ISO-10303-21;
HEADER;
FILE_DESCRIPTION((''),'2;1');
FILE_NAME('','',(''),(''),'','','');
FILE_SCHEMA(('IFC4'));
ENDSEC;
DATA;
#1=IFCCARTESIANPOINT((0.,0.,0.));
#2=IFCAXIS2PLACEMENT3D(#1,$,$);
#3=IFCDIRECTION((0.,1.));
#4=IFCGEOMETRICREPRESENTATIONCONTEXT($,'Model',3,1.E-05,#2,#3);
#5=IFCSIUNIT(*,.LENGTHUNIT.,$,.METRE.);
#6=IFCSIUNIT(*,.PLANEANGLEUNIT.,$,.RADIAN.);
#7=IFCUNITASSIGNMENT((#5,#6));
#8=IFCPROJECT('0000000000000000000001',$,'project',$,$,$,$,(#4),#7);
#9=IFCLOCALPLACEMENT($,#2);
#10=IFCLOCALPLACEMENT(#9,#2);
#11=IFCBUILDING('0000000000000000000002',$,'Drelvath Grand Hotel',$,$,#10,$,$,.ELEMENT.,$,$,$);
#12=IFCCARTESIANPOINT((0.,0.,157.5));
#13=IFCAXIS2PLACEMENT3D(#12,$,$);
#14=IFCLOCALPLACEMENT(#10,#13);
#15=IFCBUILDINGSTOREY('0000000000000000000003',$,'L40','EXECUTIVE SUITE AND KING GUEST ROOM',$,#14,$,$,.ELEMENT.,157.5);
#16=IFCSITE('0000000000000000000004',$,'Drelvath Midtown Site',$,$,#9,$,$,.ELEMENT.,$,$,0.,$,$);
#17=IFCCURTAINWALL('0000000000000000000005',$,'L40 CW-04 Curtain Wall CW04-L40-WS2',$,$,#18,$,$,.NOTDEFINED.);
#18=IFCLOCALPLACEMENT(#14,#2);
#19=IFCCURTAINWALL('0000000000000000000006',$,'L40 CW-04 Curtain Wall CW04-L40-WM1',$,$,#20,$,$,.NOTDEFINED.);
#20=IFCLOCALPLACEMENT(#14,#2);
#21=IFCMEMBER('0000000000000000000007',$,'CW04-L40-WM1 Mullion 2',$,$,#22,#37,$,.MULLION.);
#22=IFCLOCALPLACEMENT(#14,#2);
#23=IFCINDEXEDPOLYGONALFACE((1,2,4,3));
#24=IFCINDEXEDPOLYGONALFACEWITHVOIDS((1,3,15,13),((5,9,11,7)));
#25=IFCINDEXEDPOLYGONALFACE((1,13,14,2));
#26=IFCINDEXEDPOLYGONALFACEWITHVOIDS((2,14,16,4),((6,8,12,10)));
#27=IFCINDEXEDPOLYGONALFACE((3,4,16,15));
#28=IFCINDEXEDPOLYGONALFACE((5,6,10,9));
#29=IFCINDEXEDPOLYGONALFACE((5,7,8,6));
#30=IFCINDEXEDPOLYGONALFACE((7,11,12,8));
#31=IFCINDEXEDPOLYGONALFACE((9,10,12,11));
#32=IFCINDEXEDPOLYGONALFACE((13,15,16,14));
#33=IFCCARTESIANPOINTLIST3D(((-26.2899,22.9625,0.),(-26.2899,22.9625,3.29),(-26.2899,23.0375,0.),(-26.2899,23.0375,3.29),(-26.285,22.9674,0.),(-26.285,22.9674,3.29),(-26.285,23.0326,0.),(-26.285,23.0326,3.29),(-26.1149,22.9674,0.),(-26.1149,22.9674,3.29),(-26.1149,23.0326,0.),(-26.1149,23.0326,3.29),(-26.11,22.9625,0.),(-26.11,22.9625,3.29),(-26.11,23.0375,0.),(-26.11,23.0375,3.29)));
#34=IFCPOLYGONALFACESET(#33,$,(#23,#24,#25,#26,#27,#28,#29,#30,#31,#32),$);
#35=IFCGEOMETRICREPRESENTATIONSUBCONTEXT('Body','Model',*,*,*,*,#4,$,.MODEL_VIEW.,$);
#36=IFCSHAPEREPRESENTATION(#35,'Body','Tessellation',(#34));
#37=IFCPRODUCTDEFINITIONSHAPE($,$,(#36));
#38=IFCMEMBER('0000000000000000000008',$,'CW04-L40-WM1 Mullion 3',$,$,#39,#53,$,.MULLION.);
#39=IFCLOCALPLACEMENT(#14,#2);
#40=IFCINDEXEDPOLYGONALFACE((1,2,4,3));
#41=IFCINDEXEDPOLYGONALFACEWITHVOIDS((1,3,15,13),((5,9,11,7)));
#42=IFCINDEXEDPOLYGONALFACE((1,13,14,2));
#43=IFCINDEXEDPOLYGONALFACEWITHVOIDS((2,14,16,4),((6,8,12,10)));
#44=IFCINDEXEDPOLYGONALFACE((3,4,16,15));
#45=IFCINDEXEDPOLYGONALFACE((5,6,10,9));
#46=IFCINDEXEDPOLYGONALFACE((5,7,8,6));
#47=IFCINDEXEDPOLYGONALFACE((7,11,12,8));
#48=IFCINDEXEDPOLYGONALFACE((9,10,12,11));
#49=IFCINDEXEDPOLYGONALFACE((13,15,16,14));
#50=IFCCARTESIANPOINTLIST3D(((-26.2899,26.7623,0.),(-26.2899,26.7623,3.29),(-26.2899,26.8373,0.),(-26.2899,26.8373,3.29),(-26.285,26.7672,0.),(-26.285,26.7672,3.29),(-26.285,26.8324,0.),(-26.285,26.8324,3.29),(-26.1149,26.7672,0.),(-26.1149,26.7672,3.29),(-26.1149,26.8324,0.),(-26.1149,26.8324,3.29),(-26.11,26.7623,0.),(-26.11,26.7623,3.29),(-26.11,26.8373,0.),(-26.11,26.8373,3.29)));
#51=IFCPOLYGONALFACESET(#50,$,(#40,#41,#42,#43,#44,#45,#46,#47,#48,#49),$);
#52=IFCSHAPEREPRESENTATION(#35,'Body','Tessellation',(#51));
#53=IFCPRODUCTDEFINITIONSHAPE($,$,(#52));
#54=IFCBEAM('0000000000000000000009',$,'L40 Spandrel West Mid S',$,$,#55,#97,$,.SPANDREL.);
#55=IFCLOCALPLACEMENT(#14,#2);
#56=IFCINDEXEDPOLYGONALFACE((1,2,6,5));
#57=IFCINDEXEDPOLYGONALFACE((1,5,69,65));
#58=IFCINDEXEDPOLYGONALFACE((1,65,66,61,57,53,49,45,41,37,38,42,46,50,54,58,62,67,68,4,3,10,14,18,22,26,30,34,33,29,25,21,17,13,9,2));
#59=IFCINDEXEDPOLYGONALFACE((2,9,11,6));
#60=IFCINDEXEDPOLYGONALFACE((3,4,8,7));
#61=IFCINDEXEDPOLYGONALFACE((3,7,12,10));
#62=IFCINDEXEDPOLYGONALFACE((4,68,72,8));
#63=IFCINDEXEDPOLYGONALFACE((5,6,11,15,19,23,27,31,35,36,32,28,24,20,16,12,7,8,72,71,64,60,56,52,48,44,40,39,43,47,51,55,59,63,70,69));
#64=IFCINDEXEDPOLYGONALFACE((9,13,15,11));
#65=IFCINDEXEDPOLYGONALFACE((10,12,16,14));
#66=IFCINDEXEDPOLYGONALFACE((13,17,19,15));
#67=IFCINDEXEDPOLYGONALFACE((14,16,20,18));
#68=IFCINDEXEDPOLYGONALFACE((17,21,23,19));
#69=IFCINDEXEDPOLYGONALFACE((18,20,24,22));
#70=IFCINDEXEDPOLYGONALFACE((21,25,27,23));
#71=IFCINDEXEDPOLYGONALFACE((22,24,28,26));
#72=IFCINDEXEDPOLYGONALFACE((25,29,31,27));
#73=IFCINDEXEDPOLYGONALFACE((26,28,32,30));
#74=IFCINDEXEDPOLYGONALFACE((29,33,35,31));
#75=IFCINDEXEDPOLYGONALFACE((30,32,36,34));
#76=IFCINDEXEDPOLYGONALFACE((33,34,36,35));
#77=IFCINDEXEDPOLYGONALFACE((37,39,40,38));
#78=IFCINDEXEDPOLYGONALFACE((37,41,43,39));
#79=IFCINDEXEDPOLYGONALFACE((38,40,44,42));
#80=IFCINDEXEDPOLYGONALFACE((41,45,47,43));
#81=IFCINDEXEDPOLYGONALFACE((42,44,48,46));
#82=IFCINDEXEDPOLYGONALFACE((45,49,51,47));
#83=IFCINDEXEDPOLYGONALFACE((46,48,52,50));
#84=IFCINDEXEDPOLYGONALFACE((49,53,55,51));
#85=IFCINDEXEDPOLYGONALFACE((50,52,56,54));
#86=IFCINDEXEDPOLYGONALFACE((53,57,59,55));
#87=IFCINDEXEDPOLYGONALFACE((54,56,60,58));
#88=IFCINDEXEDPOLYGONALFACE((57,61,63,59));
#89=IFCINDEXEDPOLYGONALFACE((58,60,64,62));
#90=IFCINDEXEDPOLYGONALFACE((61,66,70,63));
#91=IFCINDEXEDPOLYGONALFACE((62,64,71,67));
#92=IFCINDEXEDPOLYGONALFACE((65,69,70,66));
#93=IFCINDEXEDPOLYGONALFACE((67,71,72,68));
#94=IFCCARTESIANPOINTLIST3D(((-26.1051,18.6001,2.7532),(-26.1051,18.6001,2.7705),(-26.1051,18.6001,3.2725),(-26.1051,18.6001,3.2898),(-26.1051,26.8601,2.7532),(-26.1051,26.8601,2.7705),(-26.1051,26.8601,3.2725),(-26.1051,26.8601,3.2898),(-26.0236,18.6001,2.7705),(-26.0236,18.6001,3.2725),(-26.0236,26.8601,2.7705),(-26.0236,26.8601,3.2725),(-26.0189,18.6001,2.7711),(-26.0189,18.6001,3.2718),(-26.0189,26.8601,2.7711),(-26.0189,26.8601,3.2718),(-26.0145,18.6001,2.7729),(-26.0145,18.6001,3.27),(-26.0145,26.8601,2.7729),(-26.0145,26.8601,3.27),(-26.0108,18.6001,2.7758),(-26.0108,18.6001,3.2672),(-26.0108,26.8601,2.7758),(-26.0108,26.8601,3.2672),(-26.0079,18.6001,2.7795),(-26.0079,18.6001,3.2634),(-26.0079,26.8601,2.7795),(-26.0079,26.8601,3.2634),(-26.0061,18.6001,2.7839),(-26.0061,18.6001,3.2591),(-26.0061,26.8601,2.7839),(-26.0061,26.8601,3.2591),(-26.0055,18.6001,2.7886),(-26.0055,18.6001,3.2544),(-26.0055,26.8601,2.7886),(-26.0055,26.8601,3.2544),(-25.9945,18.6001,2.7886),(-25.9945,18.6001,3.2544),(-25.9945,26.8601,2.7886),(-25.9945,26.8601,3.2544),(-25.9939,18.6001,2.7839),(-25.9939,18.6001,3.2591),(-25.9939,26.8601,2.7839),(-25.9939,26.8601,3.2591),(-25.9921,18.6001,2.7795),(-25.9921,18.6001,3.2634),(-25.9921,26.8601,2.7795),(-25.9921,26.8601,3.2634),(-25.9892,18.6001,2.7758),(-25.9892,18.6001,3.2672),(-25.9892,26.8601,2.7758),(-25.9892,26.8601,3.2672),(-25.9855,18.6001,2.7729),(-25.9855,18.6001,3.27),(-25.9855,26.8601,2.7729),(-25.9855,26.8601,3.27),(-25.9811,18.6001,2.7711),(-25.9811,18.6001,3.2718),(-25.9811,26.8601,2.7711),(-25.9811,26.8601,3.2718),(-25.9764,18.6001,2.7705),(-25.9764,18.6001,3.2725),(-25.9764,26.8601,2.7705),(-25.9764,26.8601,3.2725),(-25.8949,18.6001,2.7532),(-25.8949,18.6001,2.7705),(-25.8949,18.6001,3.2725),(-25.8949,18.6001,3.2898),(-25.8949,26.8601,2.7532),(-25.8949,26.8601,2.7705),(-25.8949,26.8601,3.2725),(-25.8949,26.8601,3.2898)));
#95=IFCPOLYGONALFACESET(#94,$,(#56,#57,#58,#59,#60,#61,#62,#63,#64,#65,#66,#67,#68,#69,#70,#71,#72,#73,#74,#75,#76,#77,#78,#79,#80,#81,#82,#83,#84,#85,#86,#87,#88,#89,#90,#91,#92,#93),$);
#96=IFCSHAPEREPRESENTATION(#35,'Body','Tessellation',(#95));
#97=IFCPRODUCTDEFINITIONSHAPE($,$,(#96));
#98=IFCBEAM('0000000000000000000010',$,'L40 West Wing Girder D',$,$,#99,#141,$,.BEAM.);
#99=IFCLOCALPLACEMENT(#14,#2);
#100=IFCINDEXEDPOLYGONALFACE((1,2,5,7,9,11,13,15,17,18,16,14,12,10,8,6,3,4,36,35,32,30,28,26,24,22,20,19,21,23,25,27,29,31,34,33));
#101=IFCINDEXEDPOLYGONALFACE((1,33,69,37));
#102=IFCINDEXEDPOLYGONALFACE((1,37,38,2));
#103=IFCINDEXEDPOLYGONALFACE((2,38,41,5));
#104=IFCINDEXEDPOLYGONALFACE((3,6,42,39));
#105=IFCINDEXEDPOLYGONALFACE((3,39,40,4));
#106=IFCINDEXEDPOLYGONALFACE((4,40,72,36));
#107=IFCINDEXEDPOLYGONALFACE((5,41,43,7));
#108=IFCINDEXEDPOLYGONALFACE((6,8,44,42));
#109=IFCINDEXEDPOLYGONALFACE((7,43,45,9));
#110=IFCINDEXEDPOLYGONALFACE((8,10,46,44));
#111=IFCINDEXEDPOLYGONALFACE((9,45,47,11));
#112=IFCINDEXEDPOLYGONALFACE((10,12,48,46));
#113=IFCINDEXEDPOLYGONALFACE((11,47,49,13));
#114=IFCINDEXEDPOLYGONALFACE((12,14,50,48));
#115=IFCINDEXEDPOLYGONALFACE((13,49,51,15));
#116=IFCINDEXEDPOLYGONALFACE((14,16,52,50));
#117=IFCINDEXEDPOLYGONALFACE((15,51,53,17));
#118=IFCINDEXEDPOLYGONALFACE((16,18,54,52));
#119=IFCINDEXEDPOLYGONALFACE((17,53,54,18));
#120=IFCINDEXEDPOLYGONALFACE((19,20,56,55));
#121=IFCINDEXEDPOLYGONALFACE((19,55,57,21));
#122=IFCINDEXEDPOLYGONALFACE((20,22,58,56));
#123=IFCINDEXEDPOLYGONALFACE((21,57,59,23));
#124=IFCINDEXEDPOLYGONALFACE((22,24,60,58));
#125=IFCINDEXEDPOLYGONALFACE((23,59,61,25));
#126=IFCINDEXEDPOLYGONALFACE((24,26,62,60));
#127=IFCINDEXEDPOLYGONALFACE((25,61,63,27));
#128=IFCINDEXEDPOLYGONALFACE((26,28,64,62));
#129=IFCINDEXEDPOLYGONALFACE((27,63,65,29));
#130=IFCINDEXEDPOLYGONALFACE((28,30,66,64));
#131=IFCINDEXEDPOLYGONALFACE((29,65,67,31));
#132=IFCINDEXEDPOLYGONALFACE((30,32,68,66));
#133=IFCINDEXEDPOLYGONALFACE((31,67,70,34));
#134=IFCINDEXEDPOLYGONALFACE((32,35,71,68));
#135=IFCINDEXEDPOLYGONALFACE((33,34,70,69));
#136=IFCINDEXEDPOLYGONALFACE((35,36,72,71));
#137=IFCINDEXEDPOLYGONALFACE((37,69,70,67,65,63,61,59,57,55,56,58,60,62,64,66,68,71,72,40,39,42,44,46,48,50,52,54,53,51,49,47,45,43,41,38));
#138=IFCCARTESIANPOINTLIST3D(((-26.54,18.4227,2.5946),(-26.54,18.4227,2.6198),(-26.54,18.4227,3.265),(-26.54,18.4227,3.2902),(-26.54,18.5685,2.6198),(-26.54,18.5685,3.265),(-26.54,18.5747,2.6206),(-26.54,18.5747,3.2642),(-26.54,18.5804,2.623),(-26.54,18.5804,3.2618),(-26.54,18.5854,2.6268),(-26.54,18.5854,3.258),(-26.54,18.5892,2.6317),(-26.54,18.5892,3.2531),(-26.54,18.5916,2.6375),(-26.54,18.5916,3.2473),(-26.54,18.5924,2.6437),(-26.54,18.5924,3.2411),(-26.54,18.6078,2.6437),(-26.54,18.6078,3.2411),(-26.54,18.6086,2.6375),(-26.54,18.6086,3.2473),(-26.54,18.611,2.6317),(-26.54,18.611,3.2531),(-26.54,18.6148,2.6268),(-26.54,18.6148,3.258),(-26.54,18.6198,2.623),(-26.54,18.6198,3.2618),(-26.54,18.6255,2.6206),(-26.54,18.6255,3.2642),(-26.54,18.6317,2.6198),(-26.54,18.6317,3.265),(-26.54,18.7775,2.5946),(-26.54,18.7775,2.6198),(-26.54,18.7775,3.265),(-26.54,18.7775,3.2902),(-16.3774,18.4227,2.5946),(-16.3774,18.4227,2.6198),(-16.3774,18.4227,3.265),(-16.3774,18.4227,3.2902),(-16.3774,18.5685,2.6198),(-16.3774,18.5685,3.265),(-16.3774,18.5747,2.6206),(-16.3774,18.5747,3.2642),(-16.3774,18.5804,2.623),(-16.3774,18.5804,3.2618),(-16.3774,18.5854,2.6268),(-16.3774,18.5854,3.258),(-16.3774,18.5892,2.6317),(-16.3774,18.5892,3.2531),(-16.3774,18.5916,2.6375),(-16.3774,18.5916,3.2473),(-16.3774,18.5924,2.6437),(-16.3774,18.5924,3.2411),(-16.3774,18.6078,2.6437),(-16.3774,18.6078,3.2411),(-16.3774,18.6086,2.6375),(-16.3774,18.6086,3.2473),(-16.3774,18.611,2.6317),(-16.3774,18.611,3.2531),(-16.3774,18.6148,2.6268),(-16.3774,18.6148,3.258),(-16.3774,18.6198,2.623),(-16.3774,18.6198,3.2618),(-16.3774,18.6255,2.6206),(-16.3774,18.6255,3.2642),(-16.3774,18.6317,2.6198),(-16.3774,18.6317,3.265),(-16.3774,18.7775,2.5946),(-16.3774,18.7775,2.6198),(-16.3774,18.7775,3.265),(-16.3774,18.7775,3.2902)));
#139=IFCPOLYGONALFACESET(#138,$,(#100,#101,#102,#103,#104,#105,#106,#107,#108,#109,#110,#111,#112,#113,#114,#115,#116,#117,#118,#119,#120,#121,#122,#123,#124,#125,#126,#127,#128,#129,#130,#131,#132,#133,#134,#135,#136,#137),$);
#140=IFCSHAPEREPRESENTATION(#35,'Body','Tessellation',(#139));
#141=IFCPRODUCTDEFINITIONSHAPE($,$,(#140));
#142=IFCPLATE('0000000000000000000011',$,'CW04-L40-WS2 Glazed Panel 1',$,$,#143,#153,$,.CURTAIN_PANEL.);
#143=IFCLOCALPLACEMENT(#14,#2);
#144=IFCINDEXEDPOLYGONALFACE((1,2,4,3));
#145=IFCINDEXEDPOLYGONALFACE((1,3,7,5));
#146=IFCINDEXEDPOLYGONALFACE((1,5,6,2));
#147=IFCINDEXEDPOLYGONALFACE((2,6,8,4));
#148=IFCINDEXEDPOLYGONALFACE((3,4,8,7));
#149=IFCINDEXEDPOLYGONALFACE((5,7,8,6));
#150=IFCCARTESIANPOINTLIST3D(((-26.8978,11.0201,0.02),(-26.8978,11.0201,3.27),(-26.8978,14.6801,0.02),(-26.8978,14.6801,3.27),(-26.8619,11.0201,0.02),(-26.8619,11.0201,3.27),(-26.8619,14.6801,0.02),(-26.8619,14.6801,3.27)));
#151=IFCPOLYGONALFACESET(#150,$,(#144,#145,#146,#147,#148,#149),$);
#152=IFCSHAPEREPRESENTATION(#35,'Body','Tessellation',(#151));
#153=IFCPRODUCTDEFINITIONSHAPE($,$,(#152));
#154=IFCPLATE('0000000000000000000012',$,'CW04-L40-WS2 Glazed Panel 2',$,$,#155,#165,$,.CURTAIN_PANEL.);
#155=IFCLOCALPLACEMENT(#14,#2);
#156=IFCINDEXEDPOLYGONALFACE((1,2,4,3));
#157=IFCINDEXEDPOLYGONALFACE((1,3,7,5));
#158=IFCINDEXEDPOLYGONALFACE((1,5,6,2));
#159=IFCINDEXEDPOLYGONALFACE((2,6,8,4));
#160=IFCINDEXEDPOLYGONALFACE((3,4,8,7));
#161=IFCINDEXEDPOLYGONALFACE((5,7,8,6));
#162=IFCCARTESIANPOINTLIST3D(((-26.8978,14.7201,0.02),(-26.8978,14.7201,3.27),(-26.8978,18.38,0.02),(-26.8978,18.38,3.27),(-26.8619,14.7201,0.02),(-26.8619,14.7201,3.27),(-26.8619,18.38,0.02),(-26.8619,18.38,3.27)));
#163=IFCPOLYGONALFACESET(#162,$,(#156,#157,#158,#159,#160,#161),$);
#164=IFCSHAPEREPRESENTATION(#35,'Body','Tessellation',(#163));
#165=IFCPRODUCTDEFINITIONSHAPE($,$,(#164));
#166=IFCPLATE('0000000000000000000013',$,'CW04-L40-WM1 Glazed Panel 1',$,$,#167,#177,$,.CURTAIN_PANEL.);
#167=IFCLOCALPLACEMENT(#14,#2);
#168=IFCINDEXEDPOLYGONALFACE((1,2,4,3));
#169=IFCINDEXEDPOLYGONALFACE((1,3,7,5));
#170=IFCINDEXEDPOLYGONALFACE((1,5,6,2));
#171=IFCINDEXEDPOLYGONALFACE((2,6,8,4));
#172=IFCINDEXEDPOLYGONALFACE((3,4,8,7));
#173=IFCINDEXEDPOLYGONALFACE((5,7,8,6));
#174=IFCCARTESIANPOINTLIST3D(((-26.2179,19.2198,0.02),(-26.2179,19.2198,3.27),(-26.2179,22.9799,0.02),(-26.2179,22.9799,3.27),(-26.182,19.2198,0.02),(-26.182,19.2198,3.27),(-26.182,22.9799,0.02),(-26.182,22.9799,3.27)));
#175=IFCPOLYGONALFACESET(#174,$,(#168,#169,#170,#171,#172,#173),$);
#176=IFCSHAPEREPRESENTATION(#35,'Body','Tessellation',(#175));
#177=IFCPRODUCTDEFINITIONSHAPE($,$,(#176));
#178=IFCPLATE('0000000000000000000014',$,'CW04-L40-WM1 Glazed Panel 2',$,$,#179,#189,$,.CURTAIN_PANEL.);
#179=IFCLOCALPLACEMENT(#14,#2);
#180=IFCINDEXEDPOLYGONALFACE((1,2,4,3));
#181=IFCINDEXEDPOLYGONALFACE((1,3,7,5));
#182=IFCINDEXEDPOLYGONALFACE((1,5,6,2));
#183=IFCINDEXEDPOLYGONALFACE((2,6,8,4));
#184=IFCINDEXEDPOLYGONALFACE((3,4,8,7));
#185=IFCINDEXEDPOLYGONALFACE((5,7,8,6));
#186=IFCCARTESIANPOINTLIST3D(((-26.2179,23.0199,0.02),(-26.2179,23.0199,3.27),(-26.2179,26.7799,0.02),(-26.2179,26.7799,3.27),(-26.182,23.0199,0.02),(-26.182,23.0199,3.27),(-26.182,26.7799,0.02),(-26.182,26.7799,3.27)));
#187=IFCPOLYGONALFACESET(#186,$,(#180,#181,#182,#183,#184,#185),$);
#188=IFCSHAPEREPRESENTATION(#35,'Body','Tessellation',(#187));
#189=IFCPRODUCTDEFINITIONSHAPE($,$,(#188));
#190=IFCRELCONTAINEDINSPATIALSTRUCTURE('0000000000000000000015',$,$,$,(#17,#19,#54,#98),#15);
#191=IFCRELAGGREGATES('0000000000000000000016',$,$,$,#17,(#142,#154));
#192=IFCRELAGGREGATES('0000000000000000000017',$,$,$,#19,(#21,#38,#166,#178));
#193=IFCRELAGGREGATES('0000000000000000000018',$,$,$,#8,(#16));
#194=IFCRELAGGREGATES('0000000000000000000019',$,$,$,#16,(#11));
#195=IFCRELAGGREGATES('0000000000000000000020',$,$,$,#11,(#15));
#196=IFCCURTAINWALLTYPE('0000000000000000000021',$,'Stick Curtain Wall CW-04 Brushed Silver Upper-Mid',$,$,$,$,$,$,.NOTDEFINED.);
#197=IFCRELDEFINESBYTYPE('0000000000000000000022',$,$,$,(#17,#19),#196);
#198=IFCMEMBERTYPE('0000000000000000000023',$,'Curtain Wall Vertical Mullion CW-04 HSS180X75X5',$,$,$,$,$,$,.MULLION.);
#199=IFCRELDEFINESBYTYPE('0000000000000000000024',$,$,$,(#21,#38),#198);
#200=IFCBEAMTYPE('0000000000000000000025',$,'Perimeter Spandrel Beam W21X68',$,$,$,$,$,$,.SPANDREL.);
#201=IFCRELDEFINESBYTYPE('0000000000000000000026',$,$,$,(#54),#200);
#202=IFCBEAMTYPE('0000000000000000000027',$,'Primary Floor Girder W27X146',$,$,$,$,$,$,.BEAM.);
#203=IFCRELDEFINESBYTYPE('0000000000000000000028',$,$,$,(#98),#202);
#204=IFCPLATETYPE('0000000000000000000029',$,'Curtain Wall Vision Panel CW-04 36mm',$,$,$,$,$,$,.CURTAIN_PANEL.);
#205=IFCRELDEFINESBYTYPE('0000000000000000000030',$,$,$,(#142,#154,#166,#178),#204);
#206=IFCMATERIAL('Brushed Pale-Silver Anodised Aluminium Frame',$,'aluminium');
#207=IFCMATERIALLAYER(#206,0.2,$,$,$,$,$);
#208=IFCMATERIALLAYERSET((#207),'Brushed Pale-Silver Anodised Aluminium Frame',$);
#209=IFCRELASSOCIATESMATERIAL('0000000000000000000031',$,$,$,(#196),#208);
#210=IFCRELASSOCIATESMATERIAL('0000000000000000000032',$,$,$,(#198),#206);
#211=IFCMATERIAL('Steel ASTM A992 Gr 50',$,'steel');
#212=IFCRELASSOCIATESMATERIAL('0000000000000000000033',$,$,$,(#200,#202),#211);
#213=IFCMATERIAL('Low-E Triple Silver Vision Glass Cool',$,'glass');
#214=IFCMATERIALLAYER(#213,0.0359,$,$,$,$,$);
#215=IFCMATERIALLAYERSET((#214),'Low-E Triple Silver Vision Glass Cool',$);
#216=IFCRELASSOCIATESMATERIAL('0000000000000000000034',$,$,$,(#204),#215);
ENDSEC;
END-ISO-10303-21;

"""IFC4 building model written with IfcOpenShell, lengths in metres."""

from ifc_helpers import new_model, si_unit, direction, frame, origin, origin_2d, place, context, subcontext, project, spatial, rectangle, hollow_rectangle, i_section, extrude, material, layer, layer_set, material_profile, profile_set, type_object, element, aggregate, save


model = new_model("IFC4")

# Units and contexts
model_context = context("Model", 3, precision=1e-05, world=origin(), true_north=direction((0.0, 1.0)))
body_context = subcontext(model_context, "Body", "Model", "MODEL_VIEW")
ifc_project = project(units=[si_unit("LENGTHUNIT", "METRE"), si_unit("PLANEANGLEUNIT", "RADIAN")], contexts=[model_context])

# Site, building, storey
site_placement = place(None, origin())
site = spatial("IfcSite", under=ifc_project, at=site_placement, Name="Drelvath Midtown Site", CompositionType="ELEMENT", RefElevation=0.0)
building_placement = place(site_placement, origin())
building = spatial("IfcBuilding", under=site, at=building_placement, Name="Drelvath Grand Hotel", CompositionType="ELEMENT")
storey_placement = place(building_placement, frame((0.0, 0.0, 157.5)))
storey = spatial("IfcBuildingStorey", under=building, at=storey_placement, Name="L40", Description="EXECUTIVE SUITE AND KING GUEST ROOM", CompositionType="ELEMENT", Elevation=157.5)

# Shared definitions
ifc_material_1 = material(Name="Steel ASTM A992 Gr 50", Category="steel")

# Curtain walls
ifc_material_2 = material(Name="Brushed Pale-Silver Anodised Aluminium Frame", Category="aluminium")
ifc_layer_1 = layer(ifc_material_2, 0.2)
ifc_layer_set_1 = layer_set([ifc_layer_1], Name="Brushed Pale-Silver Anodised Aluminium Frame")
curtain_wall_type = type_object("IfcCurtainWallType", Name="Stick Curtain Wall CW-04 Brushed Silver Upper-Mid", PredefinedType="NOTDEFINED", material=ifc_layer_set_1)
curtain_wall_1_placement = place(storey_placement, origin())
curtain_wall_1 = element("IfcCurtainWall", 1, at=curtain_wall_1_placement, inside=storey, type_object=curtain_wall_type, Name="L40 CW-04 Curtain Wall CW04-L40-WS2", PredefinedType="NOTDEFINED")
curtain_wall_2_placement = place(storey_placement, origin())
curtain_wall_2 = element("IfcCurtainWall", 2, at=curtain_wall_2_placement, inside=storey, type_object=curtain_wall_type, Name="L40 CW-04 Curtain Wall CW04-L40-WM1", PredefinedType="NOTDEFINED")

# Members
ifc_material_profile_1 = material_profile(ifc_material_2, hollow_rectangle(XDim=0.075, YDim=0.1799, WallThickness=0.0049, at=origin_2d()), Name="HSS180X75X5")
ifc_profile_set_1 = profile_set([ifc_material_profile_1], Name="Brushed Pale-Silver Anodised Aluminium Frame")
member_type_1 = type_object("IfcMemberType", Name="Curtain Wall Vertical Mullion CW-04 HSS180X75X5", PredefinedType="MULLION", material=ifc_profile_set_1)
member_1_placement = place(storey_placement, frame((-26.2, 23.0, 0.0), z_axis=(0.0, 0.0, 1.0), x_axis=(0.0, 1.0, 0.0)))
member_1 = element("IfcMember", 3, at=member_1_placement, type_object=member_type_1, Name="CW04-L40-WM1 Mullion 2", PredefinedType="MULLION", context=body_context, shape_type="SweptSolid", body=[
    extrude(hollow_rectangle(XDim=0.075, YDim=0.1799, WallThickness=0.0049, at=origin_2d()), origin(), (0.0, 0.0, 1.0), 3.29),
])
member_2_placement = place(storey_placement, frame((-26.2, 26.7998, 0.0), z_axis=(0.0, 0.0, 1.0), x_axis=(0.0, 1.0, 0.0)))
member_2 = element("IfcMember", 4, at=member_2_placement, type_object=member_type_1, Name="CW04-L40-WM1 Mullion 3", PredefinedType="MULLION", context=body_context, shape_type="SweptSolid", body=[
    extrude(hollow_rectangle(XDim=0.075, YDim=0.1799, WallThickness=0.0049, at=origin_2d()), origin(), (0.0, 0.0, 1.0), 3.29),
])

# Beams
ifc_material_profile_2 = material_profile(ifc_material_1, i_section(OverallWidth=0.2102, OverallDepth=0.5366, WebThickness=0.011, FlangeThickness=0.0173, FilletRadius=0.0181, at=origin_2d()), Name="W21X68")
ifc_profile_set_2 = profile_set([ifc_material_profile_2], Name="Steel ASTM A992 Gr 50")
beam_type_1 = type_object("IfcBeamType", Name="Perimeter Spandrel Beam W21X68", PredefinedType="SPANDREL", material=ifc_profile_set_2)
beam_1_placement = place(storey_placement, frame((-26.0, 18.6001, 3.0215), z_axis=(0.0, 1.0, 0.0), x_axis=(-1.0, 0.0, 0.0)))
element("IfcBeam", 5, at=beam_1_placement, inside=storey, type_object=beam_type_1, Name="L40 Spandrel West Mid S", PredefinedType="SPANDREL", context=body_context, shape_type="SweptSolid", body=[
    extrude(i_section(OverallWidth=0.2102, OverallDepth=0.5366, WebThickness=0.011, FlangeThickness=0.0173, FilletRadius=0.0181, at=origin_2d()), origin(), (0.0, 0.0, 1.0), 8.26),
])
ifc_material_profile_3 = material_profile(ifc_material_1, i_section(OverallWidth=0.3547, OverallDepth=0.6956, WebThickness=0.0154, FlangeThickness=0.0251, FilletRadius=0.0239, at=origin_2d()), Name="W27X146")
ifc_profile_set_3 = profile_set([ifc_material_profile_3], Name="Steel ASTM A992 Gr 50")
beam_type_2 = type_object("IfcBeamType", Name="Primary Floor Girder W27X146", PredefinedType="BEAM", material=ifc_profile_set_3)
beam_2_placement = place(storey_placement, frame((-26.54, 18.6001, 2.9424), z_axis=(1.0, 0.0, 0.0), x_axis=(0.0, 1.0, 0.0)))
element("IfcBeam", 6, at=beam_2_placement, inside=storey, type_object=beam_type_2, Name="L40 West Wing Girder D", PredefinedType="BEAM", context=body_context, shape_type="SweptSolid", body=[
    extrude(i_section(OverallWidth=0.3547, OverallDepth=0.6956, WebThickness=0.0154, FlangeThickness=0.0251, FilletRadius=0.0239, at=origin_2d()), origin(), (0.0, 0.0, 1.0), 10.1626),
])

# Plates
ifc_material_3 = material(Name="Low-E Triple Silver Vision Glass Cool", Category="glass")
ifc_layer_2 = layer(ifc_material_3, 0.0359)
ifc_layer_set_2 = layer_set([ifc_layer_2], Name="Low-E Triple Silver Vision Glass Cool")
plate_type = type_object("IfcPlateType", Name="Curtain Wall Vision Panel CW-04 36mm", PredefinedType="CURTAIN_PANEL", material=ifc_layer_set_2)
plate_1_placement = place(storey_placement, frame((-26.8799, 12.8501, 0.02), z_axis=(0.0, 0.0, 1.0), x_axis=(0.0, 1.0, 0.0)))
plate_1 = element("IfcPlate", 7, at=plate_1_placement, type_object=plate_type, Name="CW04-L40-WS2 Glazed Panel 1", PredefinedType="CURTAIN_PANEL", context=body_context, shape_type="SweptSolid", body=[
    extrude(rectangle(XDim=3.6599, YDim=0.0359, at=origin_2d()), origin(), (0.0, 0.0, 1.0), 3.25),
])
plate_2_placement = place(storey_placement, frame((-26.8799, 16.55, 0.02), z_axis=(0.0, 0.0, 1.0), x_axis=(0.0, 1.0, 0.0)))
plate_2 = element("IfcPlate", 8, at=plate_2_placement, type_object=plate_type, Name="CW04-L40-WS2 Glazed Panel 2", PredefinedType="CURTAIN_PANEL", context=body_context, shape_type="SweptSolid", body=[
    extrude(rectangle(XDim=3.6599, YDim=0.0359, at=origin_2d()), origin(), (0.0, 0.0, 1.0), 3.25),
])
aggregate(curtain_wall_1, [plate_1, plate_2])
plate_3_placement = place(storey_placement, frame((-26.2, 21.0999, 0.02), z_axis=(0.0, 0.0, 1.0), x_axis=(0.0, 1.0, 0.0)))
plate_3 = element("IfcPlate", 9, at=plate_3_placement, type_object=plate_type, Name="CW04-L40-WM1 Glazed Panel 1", PredefinedType="CURTAIN_PANEL", context=body_context, shape_type="SweptSolid", body=[
    extrude(rectangle(XDim=3.76, YDim=0.0359, at=origin_2d()), origin(), (0.0, 0.0, 1.0), 3.25),
])
plate_4_placement = place(storey_placement, frame((-26.2, 24.8999, 0.02), z_axis=(0.0, 0.0, 1.0), x_axis=(0.0, 1.0, 0.0)))
plate_4 = element("IfcPlate", 10, at=plate_4_placement, type_object=plate_type, Name="CW04-L40-WM1 Glazed Panel 2", PredefinedType="CURTAIN_PANEL", context=body_context, shape_type="SweptSolid", body=[
    extrude(rectangle(XDim=3.76, YDim=0.0359, at=origin_2d()), origin(), (0.0, 0.0, 1.0), 3.25),
])
aggregate(curtain_wall_2, [member_1, member_2, plate_3, plate_4])

save(model, "model.ifc")
